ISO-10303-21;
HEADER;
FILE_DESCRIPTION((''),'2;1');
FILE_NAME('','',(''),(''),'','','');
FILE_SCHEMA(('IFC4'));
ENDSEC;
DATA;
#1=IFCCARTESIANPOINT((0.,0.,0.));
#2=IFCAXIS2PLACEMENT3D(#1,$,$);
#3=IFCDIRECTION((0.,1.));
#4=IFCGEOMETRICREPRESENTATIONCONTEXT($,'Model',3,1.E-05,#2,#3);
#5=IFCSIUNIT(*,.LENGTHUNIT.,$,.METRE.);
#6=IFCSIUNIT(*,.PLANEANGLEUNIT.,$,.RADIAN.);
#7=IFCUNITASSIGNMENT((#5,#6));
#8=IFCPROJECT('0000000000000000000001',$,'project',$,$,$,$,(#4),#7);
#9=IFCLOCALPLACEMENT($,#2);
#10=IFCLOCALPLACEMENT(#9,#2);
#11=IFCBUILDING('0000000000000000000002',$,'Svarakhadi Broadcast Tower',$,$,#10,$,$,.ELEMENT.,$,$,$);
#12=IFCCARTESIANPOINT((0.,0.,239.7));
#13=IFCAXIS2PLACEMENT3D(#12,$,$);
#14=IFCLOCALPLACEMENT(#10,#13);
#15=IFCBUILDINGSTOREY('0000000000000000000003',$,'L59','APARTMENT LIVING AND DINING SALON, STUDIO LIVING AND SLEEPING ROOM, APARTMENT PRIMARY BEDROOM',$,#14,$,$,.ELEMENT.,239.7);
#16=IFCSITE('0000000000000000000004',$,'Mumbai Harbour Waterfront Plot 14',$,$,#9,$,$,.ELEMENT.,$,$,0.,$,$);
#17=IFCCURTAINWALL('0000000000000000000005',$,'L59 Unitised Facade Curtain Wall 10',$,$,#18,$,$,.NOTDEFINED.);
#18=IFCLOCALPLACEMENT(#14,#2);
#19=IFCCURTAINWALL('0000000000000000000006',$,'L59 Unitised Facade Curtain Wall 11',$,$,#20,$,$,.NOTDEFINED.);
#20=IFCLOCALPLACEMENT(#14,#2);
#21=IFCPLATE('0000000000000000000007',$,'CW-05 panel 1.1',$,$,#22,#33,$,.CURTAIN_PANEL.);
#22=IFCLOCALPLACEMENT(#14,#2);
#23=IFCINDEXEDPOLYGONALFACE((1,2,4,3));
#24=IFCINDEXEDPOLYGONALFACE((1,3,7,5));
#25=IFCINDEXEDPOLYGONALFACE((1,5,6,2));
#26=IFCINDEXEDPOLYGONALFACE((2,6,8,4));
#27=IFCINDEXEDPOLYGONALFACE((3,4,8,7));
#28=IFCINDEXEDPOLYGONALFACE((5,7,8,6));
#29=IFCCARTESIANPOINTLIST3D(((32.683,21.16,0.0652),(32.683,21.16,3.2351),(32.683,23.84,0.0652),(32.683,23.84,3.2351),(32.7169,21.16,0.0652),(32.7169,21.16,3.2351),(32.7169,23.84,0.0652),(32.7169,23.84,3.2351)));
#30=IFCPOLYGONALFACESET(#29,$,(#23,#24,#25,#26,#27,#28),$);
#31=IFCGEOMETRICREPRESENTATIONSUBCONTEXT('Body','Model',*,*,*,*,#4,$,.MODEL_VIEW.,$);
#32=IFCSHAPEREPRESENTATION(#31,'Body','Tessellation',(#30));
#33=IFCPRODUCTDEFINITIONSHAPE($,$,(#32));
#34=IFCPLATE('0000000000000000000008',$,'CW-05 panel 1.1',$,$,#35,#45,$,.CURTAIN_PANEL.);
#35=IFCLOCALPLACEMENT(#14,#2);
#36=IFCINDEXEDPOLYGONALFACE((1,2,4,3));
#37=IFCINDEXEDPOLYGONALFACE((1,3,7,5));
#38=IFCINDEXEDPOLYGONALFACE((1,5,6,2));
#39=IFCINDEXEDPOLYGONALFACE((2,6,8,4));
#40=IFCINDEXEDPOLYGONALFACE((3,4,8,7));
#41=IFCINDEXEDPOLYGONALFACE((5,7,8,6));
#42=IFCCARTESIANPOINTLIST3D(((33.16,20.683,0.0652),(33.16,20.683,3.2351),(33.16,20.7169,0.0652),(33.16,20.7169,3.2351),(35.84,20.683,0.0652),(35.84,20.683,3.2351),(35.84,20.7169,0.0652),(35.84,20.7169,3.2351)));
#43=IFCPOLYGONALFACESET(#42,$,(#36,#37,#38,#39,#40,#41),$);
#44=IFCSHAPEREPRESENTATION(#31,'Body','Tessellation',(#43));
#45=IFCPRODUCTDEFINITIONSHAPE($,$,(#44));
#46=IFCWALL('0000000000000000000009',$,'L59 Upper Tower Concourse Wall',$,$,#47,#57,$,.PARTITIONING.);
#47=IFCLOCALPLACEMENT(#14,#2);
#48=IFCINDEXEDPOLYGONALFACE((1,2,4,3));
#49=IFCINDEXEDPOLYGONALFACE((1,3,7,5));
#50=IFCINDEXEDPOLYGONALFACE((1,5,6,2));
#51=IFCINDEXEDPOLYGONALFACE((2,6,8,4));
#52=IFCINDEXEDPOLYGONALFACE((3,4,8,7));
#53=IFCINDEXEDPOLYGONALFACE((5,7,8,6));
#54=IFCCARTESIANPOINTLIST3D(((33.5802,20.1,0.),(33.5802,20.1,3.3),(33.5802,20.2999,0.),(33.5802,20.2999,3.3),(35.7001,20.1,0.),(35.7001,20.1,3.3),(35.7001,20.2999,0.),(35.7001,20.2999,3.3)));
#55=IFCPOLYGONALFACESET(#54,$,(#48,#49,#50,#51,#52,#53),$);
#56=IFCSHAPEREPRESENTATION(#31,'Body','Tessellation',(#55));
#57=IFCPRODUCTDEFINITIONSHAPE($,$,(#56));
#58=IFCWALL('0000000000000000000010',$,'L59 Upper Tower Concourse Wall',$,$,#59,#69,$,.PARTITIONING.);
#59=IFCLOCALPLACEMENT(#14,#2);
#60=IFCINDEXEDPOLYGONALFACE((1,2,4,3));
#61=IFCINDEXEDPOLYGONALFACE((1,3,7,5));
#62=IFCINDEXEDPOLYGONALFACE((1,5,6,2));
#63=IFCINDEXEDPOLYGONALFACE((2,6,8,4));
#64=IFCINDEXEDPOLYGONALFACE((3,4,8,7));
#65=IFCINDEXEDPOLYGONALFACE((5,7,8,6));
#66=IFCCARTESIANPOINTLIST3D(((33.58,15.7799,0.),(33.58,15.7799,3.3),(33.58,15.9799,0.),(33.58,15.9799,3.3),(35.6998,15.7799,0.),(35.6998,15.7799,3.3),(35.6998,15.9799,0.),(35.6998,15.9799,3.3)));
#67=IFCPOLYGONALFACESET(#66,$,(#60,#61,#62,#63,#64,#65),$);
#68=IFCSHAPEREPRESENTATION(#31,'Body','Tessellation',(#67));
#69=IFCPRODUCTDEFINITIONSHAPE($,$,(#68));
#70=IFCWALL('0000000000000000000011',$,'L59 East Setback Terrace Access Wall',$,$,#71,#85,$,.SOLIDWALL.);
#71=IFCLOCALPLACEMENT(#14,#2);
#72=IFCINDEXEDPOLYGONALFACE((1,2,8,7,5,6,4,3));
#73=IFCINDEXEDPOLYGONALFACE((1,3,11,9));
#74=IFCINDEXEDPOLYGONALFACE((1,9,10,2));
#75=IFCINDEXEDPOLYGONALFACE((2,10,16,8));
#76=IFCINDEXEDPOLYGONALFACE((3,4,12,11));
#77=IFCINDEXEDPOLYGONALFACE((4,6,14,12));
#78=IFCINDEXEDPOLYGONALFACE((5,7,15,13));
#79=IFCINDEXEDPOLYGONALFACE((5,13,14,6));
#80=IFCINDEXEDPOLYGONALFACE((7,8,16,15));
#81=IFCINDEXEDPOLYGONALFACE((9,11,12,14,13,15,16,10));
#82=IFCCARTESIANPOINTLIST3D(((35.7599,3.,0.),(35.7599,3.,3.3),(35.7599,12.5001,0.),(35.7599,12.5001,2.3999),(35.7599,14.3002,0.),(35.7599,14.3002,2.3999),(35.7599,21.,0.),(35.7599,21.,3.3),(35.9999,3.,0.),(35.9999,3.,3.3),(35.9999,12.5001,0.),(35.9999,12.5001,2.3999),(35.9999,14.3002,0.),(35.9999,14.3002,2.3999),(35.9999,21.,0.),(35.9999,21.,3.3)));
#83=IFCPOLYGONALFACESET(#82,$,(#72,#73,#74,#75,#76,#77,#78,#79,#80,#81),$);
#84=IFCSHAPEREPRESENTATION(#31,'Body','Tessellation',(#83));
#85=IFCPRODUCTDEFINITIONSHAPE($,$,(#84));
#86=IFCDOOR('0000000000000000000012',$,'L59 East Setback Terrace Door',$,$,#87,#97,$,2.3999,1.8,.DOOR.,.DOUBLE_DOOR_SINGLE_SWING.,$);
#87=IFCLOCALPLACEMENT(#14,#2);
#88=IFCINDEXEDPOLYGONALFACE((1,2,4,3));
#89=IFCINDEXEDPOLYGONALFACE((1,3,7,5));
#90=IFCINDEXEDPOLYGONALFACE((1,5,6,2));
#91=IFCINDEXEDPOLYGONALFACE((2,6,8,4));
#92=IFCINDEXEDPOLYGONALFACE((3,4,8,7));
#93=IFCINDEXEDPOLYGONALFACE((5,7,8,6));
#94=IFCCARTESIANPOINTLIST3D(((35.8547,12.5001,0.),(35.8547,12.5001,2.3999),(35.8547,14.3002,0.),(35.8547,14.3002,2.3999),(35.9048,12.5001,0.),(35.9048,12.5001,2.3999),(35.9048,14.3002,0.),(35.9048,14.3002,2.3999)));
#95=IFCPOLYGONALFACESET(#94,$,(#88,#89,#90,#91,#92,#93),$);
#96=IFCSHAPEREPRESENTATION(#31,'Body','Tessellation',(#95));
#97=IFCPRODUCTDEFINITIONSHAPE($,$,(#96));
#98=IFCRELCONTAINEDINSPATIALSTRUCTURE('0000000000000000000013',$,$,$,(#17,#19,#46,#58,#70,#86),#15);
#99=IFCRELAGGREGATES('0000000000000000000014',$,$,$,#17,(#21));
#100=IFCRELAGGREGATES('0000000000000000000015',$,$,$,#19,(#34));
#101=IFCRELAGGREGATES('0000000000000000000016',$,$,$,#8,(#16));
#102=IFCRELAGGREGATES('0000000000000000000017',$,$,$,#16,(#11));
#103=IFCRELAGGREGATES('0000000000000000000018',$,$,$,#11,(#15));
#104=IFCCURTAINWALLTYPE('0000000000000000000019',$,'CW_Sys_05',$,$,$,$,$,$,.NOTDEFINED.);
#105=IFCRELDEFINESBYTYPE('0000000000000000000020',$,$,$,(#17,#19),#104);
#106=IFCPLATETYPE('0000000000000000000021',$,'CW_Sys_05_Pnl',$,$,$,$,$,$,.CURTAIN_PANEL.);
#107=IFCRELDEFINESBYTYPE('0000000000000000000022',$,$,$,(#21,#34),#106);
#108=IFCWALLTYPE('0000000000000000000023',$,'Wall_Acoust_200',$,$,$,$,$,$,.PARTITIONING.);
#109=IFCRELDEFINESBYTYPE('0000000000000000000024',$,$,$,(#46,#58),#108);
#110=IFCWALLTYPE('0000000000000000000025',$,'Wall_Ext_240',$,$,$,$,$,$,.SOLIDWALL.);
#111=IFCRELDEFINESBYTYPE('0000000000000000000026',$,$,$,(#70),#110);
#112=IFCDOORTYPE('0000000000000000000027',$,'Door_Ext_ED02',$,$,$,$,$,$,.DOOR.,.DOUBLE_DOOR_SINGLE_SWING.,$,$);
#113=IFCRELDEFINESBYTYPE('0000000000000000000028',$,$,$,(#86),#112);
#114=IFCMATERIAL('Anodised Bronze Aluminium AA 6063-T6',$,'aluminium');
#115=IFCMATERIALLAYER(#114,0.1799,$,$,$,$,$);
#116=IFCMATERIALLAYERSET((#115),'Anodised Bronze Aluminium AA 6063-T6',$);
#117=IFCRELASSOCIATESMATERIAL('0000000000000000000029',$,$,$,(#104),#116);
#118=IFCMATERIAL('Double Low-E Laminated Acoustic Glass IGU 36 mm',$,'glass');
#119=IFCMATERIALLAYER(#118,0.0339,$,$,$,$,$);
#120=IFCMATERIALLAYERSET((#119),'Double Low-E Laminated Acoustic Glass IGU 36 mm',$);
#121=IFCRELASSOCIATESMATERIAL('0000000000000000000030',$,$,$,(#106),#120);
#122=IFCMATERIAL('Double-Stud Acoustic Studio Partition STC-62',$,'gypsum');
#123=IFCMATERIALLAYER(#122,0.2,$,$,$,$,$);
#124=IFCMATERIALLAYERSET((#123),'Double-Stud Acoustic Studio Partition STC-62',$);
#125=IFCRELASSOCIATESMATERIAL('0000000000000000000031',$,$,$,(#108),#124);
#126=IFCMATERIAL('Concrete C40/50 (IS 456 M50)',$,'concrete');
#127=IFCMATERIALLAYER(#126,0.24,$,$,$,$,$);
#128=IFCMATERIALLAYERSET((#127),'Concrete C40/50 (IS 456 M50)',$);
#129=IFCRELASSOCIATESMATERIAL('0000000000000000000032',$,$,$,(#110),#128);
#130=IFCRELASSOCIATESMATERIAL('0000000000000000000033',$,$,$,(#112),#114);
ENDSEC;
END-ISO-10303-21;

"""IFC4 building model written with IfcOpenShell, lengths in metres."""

from ifc_helpers import new_model, si_unit, direction, frame, frame_2d, origin, origin_2d, place, context, subcontext, project, spatial, rectangle, extrude, material, layer, layer_set, type_object, element, fill, aggregate, save


model = new_model("IFC4")

# Units and contexts
model_context = context("Model", 3, precision=1e-05, world=origin(), true_north=direction((0.0, 1.0)))
body_context = subcontext(model_context, "Body", "Model", "MODEL_VIEW")
ifc_project = project(units=[si_unit("LENGTHUNIT", "METRE"), si_unit("PLANEANGLEUNIT", "RADIAN")], contexts=[model_context])

# Site, building, storey
site_placement = place(None, origin())
site = spatial("IfcSite", under=ifc_project, at=site_placement, Name="Mumbai Harbour Waterfront Plot 14", CompositionType="ELEMENT", RefElevation=0.0)
building_placement = place(site_placement, origin())
building = spatial("IfcBuilding", under=site, at=building_placement, Name="Svarakhadi Broadcast Tower", CompositionType="ELEMENT")
storey_placement = place(building_placement, frame((0.0, 0.0, 239.7)))
storey = spatial("IfcBuildingStorey", under=building, at=storey_placement, Name="L59", Description="APARTMENT LIVING AND DINING SALON, STUDIO LIVING AND SLEEPING ROOM, APARTMENT PRIMARY BEDROOM", CompositionType="ELEMENT", Elevation=239.7)

# Curtain wall
ifc_material_1 = material(Name="Anodised Bronze Aluminium AA 6063-T6", Category="aluminium")
ifc_layer_1 = layer(ifc_material_1, 0.1799)
ifc_layer_set_1 = layer_set([ifc_layer_1], Name="Anodised Bronze Aluminium AA 6063-T6")
curtain_wall_type = type_object("IfcCurtainWallType", Name="CW_Sys_05", PredefinedType="NOTDEFINED", material=ifc_layer_set_1)
curtain_wall_1_placement = place(storey_placement, origin())
curtain_wall_1 = element("IfcCurtainWall", 1, at=curtain_wall_1_placement, inside=storey, type_object=curtain_wall_type, Name="L59 Unitised Facade Curtain Wall 10", PredefinedType="NOTDEFINED")

# Curtain wall
curtain_wall_2_placement = place(storey_placement, origin())
curtain_wall_2 = element("IfcCurtainWall", 2, at=curtain_wall_2_placement, inside=storey, type_object=curtain_wall_type, Name="L59 Unitised Facade Curtain Wall 11", PredefinedType="NOTDEFINED")

# Plates
ifc_material_2 = material(Name="Double Low-E Laminated Acoustic Glass IGU 36 mm", Category="glass")
ifc_layer_2 = layer(ifc_material_2, 0.0339)
ifc_layer_set_2 = layer_set([ifc_layer_2], Name="Double Low-E Laminated Acoustic Glass IGU 36 mm")
plate_type = type_object("IfcPlateType", Name="CW_Sys_05_Pnl", PredefinedType="CURTAIN_PANEL", material=ifc_layer_set_2)
plate_1_placement = place(storey_placement, frame((32.7, 22.5, 0.0652), z_axis=(0.0, 0.0, 1.0), x_axis=(0.0, -1.0, 0.0)))
plate_1 = element("IfcPlate", 3, at=plate_1_placement, type_object=plate_type, Name="CW-05 panel 1.1", PredefinedType="CURTAIN_PANEL", context=body_context, shape_type="SweptSolid", body=[
    extrude(rectangle(XDim=2.6799, YDim=0.0339, at=origin_2d()), origin(), (0.0, 0.0, 1.0), 3.1699),
])
aggregate(curtain_wall_1, [plate_1])
plate_2_placement = place(storey_placement, frame((34.5, 20.7, 0.0652), z_axis=(0.0, 0.0, 1.0), x_axis=(1.0, 0.0, 0.0)))
plate_2 = element("IfcPlate", 4, at=plate_2_placement, type_object=plate_type, Name="CW-05 panel 1.1", PredefinedType="CURTAIN_PANEL", context=body_context, shape_type="SweptSolid", body=[
    extrude(rectangle(XDim=2.6799, YDim=0.0339, at=origin_2d()), origin(), (0.0, 0.0, 1.0), 3.1699),
])
aggregate(curtain_wall_2, [plate_2])

# Walls
ifc_material_3 = material(Name="Double-Stud Acoustic Studio Partition STC-62", Category="gypsum")
ifc_layer_3 = layer(ifc_material_3, 0.2)
ifc_layer_set_3 = layer_set([ifc_layer_3], Name="Double-Stud Acoustic Studio Partition STC-62")
wall_type_1 = type_object("IfcWallType", Name="Wall_Acoust_200", PredefinedType="PARTITIONING", material=ifc_layer_set_3)
for number, where, z_axis, x_axis, name in (
    (5, (33.5801, 20.2, 0.0), (0.0, 0.0, 1.0), (1.0, 0.0, 0.0), "L59 Upper Tower Concourse Wall"),
    (6, (35.7, 15.8799, 0.0), (0.0, 0.0, 1.0), (-1.0, 0.0, 0.0), "L59 Upper Tower Concourse Wall"),
):
    element("IfcWall", number, at=place(storey_placement, frame(where, z_axis=z_axis, x_axis=x_axis)), inside=storey, type_object=wall_type_1, Name=name, PredefinedType="PARTITIONING", context=body_context, shape_type="SweptSolid", body=[
        extrude(rectangle(XDim=2.1199, YDim=0.2, at=frame_2d((1.0601, 0.0))), origin(), (0.0, 0.0, 1.0), 3.3),
    ])

# Wall, opening, door
ifc_material_4 = material(Name="Concrete C40/50 (IS 456 M50)", Category="concrete")
ifc_layer_4 = layer(ifc_material_4, 0.24)
ifc_layer_set_4 = layer_set([ifc_layer_4], Name="Concrete C40/50 (IS 456 M50)")
wall_type_2 = type_object("IfcWallType", Name="Wall_Ext_240", PredefinedType="SOLIDWALL", material=ifc_layer_set_4)
wall_placement = place(storey_placement, frame((35.8799, 21.0, 0.0), z_axis=(0.0, 0.0, 1.0), x_axis=(0.0, -1.0, 0.0)))
wall = element("IfcWall", 7, at=wall_placement, inside=storey, type_object=wall_type_2, Name="L59 East Setback Terrace Access Wall", PredefinedType="SOLIDWALL", context=body_context, shape_type="SweptSolid", body=[
    extrude(rectangle(XDim=18.0, YDim=0.24, at=frame_2d((9.0, 0.0))), origin(), (0.0, 0.0, 1.0), 3.3),
])
opening_placement = place(wall_placement, frame((6.7, 0.0, 0.0)))
opening = element("IfcOpeningElement", 8, at=opening_placement, cuts=wall, PredefinedType="OPENING", context=body_context, shape_type="SweptSolid", body=[
    extrude(rectangle(XDim=1.8, YDim=2.3999, at=frame_2d((0.8999, 1.2))), frame((0.0, 0.1299, 0.0), z_axis=(0.0, -1.0, 0.0), x_axis=(1.0, 0.0, 0.0)), (0.0, 0.0, 1.0), 0.26),
])
door_type = type_object("IfcDoorType", Name="Door_Ext_ED02", OperationType="DOUBLE_DOOR_SINGLE_SWING", PredefinedType="DOOR", material=ifc_material_1)
door_placement = place(opening_placement, origin())
door = element("IfcDoor", 9, at=door_placement, inside=storey, type_object=door_type, Name="L59 East Setback Terrace Door", OperationType="DOUBLE_DOOR_SINGLE_SWING", OverallHeight=2.3999, OverallWidth=1.8, PredefinedType="DOOR", context=body_context, shape_type="SweptSolid", body=[
    extrude(rectangle(XDim=1.8, YDim=2.3999, at=frame_2d((0.8999, 1.2))), frame((0.0, 0.0249, 0.0), z_axis=(0.0, -1.0, 0.0), x_axis=(1.0, 0.0, 0.0)), (0.0, 0.0, 1.0), 0.05),
])
fill(opening, door)

save(model, "model.ifc")
